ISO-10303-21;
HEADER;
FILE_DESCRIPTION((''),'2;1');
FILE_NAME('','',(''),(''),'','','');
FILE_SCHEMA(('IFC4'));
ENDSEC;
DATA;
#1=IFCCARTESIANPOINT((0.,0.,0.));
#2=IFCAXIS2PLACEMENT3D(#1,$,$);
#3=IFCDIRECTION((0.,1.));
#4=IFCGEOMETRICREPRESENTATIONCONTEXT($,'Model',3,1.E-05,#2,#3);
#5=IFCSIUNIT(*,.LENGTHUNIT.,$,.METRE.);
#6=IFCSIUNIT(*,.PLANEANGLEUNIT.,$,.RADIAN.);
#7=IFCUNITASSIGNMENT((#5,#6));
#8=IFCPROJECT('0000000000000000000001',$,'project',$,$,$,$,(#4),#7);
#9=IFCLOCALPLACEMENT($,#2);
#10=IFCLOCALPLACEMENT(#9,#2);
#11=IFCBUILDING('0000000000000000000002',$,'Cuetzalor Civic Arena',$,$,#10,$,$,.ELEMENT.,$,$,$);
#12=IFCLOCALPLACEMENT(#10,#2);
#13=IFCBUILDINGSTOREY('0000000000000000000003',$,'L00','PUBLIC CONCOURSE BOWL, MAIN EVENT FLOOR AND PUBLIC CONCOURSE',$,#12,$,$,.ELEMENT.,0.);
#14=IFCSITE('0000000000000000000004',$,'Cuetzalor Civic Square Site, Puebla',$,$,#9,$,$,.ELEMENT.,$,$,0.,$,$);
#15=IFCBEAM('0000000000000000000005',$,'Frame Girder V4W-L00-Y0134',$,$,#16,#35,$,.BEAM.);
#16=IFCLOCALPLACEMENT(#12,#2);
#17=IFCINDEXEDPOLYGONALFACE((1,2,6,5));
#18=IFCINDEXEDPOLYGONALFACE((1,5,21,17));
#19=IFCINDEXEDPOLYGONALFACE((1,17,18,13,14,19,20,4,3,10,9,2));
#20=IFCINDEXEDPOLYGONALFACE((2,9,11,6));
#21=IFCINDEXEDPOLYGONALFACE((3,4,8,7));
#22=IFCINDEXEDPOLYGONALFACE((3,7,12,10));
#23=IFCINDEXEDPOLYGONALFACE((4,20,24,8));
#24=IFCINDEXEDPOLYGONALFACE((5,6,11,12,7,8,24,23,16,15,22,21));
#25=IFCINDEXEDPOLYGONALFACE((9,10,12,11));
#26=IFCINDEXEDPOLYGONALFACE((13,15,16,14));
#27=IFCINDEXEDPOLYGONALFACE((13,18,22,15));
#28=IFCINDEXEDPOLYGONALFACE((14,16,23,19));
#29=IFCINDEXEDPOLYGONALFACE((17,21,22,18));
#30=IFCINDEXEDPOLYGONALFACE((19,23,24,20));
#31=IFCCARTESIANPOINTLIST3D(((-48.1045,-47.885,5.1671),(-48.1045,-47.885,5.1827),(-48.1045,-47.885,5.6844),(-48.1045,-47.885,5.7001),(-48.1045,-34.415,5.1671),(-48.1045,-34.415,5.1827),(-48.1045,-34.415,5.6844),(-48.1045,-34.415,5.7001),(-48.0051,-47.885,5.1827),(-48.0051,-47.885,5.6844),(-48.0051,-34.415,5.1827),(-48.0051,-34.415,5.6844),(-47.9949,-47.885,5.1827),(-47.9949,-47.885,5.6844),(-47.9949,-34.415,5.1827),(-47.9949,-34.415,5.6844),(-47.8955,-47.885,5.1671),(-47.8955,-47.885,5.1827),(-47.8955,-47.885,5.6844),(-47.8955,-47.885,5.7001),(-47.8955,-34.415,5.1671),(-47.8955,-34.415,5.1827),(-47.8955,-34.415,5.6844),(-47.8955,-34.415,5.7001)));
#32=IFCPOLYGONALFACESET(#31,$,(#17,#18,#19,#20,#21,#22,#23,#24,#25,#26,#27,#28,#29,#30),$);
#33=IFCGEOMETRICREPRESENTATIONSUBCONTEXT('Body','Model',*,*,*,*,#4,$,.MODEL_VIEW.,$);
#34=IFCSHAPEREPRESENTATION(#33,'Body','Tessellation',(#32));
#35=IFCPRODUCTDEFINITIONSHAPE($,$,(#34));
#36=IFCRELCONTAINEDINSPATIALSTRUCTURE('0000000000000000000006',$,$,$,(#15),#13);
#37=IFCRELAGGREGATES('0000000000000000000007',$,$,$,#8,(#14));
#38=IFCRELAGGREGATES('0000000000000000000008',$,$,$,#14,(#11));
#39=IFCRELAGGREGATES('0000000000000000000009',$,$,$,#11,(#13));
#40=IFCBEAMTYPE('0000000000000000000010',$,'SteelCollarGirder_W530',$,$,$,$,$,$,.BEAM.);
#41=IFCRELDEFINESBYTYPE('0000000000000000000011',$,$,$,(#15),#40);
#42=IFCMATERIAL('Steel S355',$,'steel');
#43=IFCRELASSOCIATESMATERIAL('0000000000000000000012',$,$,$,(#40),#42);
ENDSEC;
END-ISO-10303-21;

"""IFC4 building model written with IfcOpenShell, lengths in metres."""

from ifc_helpers import new_model, si_unit, direction, frame, origin, origin_2d, place, context, subcontext, project, spatial, i_section, extrude, material, material_profile, profile_set, type_object, element, save


model = new_model("IFC4")

# Units and contexts
model_context = context("Model", 3, precision=1e-05, world=origin(), true_north=direction((0.0, 1.0)))
body_context = subcontext(model_context, "Body", "Model", "MODEL_VIEW")
ifc_project = project(units=[si_unit("LENGTHUNIT", "METRE"), si_unit("PLANEANGLEUNIT", "RADIAN")], contexts=[model_context])

# Site, building, storey
site_placement = place(None, origin())
site = spatial("IfcSite", under=ifc_project, at=site_placement, Name="Cuetzalor Civic Square Site, Puebla", CompositionType="ELEMENT", RefElevation=0.0)
building_placement = place(site_placement, origin())
building = spatial("IfcBuilding", under=site, at=building_placement, Name="Cuetzalor Civic Arena", CompositionType="ELEMENT")
storey_placement = place(building_placement, origin())
storey = spatial("IfcBuildingStorey", under=building, at=storey_placement, Name="L00", Description="PUBLIC CONCOURSE BOWL, MAIN EVENT FLOOR AND PUBLIC CONCOURSE", CompositionType="ELEMENT", Elevation=0.0)

# Beam
ifc_material_1 = material(Name="Steel S355", Category="steel")
ifc_material_profile_1 = material_profile(ifc_material_1, i_section(OverallWidth=0.209, OverallDepth=0.533, WebThickness=0.0103, FlangeThickness=0.0156, at=origin_2d()), Name="W530x92")
ifc_profile_set_1 = profile_set([ifc_material_profile_1], Name="Steel S355")
beam_type_1 = type_object("IfcBeamType", Name="SteelCollarGirder_W530", PredefinedType="BEAM", material=ifc_profile_set_1)
beam_1_placement = place(storey_placement, frame((-48.0, -47.885, 5.4336), z_axis=(0.0, 1.0, 0.0), x_axis=(-1.0, 0.0, 0.0)))
element("IfcBeam", 1, at=beam_1_placement, inside=storey, type_object=beam_type_1, Name="Frame Girder V4W-L00-Y0134", PredefinedType="BEAM", context=body_context, shape_type="SweptSolid", body=[
    extrude(i_section(OverallWidth=0.209, OverallDepth=0.533, WebThickness=0.0103, FlangeThickness=0.0156, at=origin_2d()), origin(), (0.0, 0.0, 1.0), 13.47),
])

save(model, "model.ifc")
